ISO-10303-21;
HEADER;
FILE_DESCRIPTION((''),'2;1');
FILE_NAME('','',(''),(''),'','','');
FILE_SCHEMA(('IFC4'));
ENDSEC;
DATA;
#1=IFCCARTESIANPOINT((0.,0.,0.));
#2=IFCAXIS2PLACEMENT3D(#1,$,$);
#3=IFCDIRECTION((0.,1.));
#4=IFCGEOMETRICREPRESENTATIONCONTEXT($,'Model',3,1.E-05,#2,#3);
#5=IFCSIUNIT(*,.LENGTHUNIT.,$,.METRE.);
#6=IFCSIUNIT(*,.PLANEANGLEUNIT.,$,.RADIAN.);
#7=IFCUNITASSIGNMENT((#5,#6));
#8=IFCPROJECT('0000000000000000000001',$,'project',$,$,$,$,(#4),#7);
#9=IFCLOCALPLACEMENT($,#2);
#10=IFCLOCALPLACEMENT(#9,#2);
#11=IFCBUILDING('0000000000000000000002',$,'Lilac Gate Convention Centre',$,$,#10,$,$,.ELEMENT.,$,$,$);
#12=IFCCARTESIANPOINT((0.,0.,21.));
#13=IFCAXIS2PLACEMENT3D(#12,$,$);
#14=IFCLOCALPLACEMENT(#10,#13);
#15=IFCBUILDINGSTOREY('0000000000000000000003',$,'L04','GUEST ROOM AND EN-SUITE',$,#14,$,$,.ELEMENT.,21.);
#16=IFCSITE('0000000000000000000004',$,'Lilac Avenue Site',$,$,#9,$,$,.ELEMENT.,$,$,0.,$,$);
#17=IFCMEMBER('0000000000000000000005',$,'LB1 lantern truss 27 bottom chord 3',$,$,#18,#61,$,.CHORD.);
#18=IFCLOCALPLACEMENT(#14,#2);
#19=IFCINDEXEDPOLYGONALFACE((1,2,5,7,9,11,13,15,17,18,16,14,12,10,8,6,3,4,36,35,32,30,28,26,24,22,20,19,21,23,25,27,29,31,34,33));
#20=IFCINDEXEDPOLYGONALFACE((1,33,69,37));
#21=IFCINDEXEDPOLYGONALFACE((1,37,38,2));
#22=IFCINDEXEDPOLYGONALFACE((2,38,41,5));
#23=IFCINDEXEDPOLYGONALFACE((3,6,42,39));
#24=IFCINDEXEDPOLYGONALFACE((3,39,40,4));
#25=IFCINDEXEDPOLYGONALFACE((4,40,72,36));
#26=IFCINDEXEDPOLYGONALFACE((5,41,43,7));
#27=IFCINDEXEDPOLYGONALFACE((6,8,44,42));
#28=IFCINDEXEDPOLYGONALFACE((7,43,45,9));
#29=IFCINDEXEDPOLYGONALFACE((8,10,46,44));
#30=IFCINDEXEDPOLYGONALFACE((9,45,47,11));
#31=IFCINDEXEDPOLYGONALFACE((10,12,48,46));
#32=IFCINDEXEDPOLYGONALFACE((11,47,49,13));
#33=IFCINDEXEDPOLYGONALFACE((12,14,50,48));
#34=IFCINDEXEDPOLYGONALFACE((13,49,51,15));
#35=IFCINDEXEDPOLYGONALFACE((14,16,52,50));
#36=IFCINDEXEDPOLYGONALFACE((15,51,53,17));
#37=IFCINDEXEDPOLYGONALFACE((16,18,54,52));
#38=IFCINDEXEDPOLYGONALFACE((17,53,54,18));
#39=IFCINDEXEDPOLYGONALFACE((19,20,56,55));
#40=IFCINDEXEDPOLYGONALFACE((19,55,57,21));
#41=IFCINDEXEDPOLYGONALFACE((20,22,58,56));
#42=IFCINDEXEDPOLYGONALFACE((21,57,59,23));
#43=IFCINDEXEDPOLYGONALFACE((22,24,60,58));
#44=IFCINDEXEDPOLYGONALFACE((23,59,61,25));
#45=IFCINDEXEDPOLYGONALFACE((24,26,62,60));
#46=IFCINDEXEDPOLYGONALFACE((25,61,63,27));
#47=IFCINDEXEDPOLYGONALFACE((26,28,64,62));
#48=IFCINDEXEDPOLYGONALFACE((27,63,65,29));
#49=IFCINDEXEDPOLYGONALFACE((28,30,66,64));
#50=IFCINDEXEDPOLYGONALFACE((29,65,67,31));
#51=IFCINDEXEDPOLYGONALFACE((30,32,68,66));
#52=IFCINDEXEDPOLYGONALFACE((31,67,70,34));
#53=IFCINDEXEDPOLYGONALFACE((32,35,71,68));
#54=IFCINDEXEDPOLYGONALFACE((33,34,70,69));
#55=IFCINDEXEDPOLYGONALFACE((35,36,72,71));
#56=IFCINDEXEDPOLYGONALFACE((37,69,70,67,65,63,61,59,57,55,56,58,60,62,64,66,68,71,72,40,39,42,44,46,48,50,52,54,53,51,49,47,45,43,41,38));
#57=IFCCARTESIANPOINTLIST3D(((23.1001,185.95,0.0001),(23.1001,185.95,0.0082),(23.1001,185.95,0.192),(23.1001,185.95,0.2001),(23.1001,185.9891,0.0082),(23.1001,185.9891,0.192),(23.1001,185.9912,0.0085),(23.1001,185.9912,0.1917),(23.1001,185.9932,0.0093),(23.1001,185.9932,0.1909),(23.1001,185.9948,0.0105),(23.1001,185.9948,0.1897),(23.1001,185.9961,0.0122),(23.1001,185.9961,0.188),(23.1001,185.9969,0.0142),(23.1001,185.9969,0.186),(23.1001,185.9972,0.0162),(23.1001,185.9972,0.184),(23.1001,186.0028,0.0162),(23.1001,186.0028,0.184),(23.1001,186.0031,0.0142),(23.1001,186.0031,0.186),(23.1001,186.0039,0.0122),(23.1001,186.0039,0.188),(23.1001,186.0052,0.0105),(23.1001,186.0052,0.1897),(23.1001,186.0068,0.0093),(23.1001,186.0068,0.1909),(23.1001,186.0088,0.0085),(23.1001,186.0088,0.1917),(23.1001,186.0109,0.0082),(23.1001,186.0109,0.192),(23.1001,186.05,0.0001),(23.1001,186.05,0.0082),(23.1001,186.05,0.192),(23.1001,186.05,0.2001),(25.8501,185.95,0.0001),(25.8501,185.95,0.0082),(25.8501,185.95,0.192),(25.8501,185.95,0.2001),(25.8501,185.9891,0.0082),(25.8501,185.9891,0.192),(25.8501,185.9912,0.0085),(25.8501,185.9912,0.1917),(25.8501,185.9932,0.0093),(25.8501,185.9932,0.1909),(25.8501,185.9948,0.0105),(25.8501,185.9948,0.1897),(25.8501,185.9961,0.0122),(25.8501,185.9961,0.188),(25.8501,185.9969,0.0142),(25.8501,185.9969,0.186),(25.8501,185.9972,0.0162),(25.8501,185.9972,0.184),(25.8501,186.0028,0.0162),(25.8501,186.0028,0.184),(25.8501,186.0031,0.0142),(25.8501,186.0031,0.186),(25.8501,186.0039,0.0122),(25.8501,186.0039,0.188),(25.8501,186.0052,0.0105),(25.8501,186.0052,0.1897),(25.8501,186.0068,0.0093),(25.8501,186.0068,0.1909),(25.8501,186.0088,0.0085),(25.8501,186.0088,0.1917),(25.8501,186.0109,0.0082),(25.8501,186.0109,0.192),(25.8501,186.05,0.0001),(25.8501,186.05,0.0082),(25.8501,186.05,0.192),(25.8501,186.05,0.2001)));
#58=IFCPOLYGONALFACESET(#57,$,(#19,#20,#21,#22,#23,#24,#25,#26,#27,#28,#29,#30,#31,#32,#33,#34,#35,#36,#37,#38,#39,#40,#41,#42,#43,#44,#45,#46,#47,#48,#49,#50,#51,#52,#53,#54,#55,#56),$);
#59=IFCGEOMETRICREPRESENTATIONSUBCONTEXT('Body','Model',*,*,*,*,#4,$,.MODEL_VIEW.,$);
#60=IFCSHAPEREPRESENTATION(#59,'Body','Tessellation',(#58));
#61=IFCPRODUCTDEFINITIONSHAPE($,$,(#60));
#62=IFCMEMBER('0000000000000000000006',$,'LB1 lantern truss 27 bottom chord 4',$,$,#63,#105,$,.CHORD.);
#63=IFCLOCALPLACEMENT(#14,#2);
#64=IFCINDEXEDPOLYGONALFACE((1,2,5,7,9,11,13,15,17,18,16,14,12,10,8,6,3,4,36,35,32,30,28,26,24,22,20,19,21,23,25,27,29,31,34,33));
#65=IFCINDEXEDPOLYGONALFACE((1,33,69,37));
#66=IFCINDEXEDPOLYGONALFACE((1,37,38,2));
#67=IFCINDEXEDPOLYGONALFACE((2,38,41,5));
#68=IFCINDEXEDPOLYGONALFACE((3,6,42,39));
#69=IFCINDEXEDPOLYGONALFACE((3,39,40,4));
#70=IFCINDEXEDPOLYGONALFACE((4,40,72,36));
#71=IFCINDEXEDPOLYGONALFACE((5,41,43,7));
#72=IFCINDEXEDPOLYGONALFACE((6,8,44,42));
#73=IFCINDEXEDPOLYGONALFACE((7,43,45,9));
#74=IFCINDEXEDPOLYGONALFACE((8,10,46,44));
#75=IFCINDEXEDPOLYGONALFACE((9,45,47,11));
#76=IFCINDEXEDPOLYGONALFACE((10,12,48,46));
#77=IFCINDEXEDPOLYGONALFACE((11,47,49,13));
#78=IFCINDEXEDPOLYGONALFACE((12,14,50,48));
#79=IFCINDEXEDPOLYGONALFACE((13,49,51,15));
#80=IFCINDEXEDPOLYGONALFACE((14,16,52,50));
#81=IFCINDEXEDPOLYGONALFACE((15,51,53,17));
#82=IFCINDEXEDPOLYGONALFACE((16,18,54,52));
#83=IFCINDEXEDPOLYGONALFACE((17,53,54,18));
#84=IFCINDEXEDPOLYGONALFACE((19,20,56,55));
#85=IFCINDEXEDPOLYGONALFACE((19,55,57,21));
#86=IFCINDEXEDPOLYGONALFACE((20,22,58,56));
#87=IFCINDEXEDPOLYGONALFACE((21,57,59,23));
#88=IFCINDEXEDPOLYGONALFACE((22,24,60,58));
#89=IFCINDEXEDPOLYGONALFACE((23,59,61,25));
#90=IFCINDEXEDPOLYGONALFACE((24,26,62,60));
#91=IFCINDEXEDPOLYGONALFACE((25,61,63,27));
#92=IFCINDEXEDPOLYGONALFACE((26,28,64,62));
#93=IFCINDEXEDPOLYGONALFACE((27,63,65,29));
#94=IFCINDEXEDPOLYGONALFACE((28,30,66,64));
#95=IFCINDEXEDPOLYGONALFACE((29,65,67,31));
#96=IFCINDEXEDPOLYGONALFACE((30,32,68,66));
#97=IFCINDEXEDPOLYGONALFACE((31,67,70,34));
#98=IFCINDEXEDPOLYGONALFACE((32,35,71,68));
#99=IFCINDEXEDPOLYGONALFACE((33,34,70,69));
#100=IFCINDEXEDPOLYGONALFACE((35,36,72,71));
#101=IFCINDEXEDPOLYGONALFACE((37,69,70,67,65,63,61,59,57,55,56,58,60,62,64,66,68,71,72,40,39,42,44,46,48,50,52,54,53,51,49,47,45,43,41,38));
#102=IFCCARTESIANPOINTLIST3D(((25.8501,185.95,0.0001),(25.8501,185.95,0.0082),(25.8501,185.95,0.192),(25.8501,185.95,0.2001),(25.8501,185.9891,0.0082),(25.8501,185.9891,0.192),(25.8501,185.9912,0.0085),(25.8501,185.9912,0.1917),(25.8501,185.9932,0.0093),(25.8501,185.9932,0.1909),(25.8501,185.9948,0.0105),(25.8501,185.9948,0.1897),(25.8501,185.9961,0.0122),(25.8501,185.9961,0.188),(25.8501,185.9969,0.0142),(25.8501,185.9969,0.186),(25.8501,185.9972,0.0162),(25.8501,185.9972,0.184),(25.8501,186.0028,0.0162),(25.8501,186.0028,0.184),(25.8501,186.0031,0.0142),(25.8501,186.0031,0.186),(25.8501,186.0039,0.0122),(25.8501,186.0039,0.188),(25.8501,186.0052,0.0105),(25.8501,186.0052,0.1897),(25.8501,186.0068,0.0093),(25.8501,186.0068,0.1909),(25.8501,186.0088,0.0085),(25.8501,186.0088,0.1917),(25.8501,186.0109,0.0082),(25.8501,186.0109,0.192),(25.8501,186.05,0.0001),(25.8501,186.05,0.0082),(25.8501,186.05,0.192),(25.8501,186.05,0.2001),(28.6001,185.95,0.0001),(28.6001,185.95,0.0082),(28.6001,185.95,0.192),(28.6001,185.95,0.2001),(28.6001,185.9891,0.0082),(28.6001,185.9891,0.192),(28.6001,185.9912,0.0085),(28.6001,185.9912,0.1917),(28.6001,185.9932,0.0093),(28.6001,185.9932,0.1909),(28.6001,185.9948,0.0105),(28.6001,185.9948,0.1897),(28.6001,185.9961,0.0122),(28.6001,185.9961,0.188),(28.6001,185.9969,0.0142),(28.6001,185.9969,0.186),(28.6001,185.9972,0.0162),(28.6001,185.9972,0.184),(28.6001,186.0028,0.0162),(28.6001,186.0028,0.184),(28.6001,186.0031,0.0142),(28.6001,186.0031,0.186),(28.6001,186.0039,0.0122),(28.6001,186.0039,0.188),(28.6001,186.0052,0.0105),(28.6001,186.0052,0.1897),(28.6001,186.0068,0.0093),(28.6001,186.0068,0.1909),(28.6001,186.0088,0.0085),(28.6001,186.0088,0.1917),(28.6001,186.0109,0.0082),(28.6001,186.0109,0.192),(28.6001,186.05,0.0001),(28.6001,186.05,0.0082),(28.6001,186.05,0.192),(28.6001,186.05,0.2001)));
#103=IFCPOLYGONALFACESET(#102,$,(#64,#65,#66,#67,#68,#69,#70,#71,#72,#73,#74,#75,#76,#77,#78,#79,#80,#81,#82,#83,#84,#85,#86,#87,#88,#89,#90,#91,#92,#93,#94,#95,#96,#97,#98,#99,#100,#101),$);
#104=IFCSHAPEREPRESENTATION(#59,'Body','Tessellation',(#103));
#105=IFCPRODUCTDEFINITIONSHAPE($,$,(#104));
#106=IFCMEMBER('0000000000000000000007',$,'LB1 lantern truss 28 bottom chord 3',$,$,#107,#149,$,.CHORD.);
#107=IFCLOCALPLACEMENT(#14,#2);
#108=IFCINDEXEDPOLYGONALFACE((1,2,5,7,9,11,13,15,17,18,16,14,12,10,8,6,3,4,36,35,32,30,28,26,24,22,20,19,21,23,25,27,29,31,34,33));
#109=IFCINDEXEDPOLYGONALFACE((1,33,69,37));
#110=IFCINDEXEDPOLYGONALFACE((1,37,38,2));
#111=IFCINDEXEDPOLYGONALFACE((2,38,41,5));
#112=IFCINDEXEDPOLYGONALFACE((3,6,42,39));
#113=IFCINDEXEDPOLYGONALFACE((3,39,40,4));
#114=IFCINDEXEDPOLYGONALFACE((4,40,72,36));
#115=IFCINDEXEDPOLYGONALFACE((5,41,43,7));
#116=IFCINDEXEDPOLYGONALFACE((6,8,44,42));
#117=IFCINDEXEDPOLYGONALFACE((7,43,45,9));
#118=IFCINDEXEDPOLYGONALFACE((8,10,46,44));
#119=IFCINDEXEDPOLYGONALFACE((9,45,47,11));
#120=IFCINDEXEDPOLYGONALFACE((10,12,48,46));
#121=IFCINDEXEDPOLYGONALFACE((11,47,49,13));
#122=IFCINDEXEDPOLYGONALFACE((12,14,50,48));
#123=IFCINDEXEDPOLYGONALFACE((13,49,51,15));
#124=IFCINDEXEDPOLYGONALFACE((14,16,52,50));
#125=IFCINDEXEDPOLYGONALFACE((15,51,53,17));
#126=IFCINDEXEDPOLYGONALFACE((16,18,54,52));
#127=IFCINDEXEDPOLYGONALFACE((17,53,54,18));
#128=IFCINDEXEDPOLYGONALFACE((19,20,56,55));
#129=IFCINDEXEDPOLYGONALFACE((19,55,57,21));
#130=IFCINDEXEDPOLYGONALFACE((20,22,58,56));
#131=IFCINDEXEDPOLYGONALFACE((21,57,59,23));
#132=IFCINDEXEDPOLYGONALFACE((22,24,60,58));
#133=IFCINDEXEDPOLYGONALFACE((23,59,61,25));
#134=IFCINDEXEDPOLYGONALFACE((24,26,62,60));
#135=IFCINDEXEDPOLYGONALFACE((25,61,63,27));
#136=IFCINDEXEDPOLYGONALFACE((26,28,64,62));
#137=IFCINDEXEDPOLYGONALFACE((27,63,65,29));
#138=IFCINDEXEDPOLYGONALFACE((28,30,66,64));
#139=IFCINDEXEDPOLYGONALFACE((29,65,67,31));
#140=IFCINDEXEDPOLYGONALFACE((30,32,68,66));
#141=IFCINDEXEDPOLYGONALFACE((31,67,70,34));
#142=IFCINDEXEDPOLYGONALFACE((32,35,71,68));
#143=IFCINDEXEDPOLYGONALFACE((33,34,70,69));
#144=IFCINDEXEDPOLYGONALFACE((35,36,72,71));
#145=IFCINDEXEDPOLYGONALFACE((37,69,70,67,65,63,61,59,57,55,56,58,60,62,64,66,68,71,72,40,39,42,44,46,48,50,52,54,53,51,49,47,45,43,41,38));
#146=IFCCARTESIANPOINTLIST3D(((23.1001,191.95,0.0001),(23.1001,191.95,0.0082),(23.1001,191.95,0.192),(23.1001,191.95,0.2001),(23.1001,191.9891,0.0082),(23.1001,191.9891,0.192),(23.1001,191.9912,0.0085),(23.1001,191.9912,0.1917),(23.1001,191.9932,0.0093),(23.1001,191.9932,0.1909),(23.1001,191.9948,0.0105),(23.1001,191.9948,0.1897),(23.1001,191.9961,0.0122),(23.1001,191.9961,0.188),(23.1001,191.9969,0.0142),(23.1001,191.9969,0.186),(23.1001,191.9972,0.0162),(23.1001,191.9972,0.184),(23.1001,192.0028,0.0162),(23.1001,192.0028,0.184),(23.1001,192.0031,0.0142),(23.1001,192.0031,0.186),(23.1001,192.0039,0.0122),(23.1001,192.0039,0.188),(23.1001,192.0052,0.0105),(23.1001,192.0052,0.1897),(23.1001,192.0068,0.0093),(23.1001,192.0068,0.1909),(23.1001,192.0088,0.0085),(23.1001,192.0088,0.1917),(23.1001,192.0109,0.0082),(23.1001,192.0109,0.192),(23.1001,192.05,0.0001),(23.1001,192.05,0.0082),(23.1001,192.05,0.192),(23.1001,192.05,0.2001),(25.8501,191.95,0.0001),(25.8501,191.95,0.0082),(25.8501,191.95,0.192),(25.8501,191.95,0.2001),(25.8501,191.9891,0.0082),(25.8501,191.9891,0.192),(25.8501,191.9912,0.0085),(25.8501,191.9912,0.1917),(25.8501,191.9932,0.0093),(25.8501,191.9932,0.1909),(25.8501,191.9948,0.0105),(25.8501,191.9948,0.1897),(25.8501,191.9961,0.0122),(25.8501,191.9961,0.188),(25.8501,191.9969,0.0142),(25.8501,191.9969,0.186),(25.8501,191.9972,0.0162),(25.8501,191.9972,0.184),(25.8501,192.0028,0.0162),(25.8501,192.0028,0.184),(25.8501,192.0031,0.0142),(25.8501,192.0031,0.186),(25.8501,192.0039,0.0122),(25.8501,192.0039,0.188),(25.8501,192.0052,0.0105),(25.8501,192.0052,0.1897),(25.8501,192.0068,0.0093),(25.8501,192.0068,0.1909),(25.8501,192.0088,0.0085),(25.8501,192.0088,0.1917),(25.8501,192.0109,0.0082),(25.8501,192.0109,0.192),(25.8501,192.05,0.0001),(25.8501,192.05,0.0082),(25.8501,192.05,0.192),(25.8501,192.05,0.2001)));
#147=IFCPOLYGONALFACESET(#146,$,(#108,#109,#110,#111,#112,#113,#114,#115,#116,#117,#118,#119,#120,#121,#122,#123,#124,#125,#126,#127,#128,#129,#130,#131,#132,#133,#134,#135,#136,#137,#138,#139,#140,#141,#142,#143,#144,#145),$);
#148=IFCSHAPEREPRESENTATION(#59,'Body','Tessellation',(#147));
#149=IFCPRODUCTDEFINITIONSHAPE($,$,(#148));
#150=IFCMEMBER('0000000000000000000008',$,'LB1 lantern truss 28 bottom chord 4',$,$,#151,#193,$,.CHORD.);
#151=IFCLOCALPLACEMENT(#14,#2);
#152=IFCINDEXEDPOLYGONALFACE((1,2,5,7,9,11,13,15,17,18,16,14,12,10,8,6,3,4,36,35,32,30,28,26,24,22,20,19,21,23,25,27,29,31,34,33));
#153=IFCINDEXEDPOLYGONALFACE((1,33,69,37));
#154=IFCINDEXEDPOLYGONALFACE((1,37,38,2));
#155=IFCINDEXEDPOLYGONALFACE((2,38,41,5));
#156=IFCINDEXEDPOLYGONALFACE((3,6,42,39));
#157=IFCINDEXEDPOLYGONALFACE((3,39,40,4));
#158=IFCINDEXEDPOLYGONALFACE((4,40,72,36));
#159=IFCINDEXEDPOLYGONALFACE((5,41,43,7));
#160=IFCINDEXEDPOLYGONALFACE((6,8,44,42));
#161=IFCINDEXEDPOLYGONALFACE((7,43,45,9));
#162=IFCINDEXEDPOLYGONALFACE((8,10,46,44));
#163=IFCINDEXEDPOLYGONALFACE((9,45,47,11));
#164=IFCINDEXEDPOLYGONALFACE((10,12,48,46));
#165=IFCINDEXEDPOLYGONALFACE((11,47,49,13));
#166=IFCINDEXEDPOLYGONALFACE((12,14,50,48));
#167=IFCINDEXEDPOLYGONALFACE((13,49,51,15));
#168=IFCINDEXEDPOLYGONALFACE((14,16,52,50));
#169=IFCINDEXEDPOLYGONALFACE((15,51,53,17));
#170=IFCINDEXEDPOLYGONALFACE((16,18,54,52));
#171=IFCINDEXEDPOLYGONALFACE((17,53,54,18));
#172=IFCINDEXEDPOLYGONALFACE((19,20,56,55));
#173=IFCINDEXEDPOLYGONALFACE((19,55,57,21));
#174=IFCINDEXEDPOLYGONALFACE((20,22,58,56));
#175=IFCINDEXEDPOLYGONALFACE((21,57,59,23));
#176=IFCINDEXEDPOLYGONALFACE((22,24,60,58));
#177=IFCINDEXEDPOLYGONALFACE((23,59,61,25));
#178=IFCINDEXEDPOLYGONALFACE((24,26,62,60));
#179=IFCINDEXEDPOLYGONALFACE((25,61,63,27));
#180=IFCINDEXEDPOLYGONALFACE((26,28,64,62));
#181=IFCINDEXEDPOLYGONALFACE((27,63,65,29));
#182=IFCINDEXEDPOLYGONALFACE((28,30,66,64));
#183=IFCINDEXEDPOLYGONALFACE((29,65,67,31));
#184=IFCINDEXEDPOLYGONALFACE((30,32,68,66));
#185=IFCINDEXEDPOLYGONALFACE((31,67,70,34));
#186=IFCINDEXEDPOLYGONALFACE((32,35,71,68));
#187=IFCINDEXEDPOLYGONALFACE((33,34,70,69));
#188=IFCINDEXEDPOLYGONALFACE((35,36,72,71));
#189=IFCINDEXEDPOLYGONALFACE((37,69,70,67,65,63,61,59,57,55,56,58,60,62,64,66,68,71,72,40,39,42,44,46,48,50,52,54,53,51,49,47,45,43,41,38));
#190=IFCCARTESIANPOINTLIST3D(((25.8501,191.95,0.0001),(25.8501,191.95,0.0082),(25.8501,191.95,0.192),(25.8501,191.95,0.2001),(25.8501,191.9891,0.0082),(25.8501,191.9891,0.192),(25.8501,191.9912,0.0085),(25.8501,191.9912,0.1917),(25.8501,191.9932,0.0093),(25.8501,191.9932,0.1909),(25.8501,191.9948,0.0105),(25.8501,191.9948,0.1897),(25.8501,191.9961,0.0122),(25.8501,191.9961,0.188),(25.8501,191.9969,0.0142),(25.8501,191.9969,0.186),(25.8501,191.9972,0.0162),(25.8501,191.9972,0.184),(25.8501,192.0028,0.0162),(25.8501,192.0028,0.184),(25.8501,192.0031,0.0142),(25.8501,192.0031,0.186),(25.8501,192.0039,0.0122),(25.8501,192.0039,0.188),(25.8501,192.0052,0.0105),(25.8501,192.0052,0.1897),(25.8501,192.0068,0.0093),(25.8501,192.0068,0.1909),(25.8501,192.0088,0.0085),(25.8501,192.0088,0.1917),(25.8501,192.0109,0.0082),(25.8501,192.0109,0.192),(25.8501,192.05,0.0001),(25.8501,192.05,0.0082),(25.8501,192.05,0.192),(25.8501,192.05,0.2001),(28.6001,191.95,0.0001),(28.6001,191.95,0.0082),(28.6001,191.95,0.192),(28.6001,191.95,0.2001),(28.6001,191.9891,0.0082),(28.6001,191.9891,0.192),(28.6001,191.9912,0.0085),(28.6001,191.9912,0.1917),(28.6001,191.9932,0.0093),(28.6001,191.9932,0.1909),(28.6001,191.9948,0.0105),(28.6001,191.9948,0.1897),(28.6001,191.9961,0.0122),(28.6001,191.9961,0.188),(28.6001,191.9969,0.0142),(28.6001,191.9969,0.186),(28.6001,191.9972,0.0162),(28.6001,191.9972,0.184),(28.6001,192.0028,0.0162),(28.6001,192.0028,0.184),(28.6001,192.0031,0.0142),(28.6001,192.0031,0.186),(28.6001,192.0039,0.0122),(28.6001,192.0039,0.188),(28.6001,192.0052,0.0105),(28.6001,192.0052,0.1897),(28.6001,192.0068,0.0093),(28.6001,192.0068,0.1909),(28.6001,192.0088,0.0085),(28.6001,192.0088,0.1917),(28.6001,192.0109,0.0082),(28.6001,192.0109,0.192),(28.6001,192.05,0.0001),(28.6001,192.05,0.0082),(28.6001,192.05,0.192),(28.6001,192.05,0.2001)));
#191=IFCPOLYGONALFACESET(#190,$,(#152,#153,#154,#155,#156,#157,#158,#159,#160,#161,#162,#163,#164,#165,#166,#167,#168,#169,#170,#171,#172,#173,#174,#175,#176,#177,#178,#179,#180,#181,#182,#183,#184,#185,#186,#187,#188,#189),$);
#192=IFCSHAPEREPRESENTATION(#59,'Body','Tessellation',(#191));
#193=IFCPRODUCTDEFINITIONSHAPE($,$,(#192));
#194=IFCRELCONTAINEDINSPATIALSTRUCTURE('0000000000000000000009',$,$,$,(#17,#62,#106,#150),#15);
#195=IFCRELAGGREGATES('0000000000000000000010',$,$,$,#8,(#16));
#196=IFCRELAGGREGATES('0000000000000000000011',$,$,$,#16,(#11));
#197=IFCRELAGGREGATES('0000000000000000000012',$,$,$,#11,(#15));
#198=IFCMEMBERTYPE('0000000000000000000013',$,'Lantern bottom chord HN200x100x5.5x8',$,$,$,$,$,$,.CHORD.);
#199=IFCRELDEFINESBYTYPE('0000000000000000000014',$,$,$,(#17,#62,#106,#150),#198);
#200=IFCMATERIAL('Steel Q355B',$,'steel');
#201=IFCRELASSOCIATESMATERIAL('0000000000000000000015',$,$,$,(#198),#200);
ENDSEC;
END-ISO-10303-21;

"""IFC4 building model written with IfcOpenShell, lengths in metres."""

from ifc_helpers import new_model, si_unit, direction, frame, origin, origin_2d, place, context, subcontext, project, spatial, i_section, extrude, material, material_profile, profile_set, type_object, element, save


model = new_model("IFC4")

# Units and contexts
model_context = context("Model", 3, precision=1e-05, world=origin(), true_north=direction((0.0, 1.0)))
body_context = subcontext(model_context, "Body", "Model", "MODEL_VIEW")
ifc_project = project(units=[si_unit("LENGTHUNIT", "METRE"), si_unit("PLANEANGLEUNIT", "RADIAN")], contexts=[model_context])

# Site, building, storey
site_placement = place(None, origin())
site = spatial("IfcSite", under=ifc_project, at=site_placement, Name="Lilac Avenue Site", CompositionType="ELEMENT", RefElevation=0.0)
building_placement = place(site_placement, origin())
building = spatial("IfcBuilding", under=site, at=building_placement, Name="Lilac Gate Convention Centre", CompositionType="ELEMENT")
storey_placement = place(building_placement, frame((0.0, 0.0, 21.0)))
storey = spatial("IfcBuildingStorey", under=building, at=storey_placement, Name="L04", Description="GUEST ROOM AND EN-SUITE", CompositionType="ELEMENT", Elevation=21.0)

# Members
ifc_material_1 = material(Name="Steel Q355B", Category="steel")
ifc_material_profile_1 = material_profile(ifc_material_1, i_section(OverallWidth=0.1001, OverallDepth=0.2, WebThickness=0.0056, FlangeThickness=0.0081, FilletRadius=0.0081, at=origin_2d()), Name="HN200x100x5.5x8")
ifc_profile_set_1 = profile_set([ifc_material_profile_1], Name="Steel Q355B")
member_type_1 = type_object("IfcMemberType", Name="Lantern bottom chord HN200x100x5.5x8", PredefinedType="CHORD", material=ifc_profile_set_1)
for number, where, z_axis, x_axis, name in (
    (1, (23.1001, 186.0, 0.1001), (1.0, 0.0, 0.0), (0.0, 1.0, 0.0), "LB1 lantern truss 27 bottom chord 3"),
    (2, (25.8501, 186.0, 0.1001), (1.0, 0.0, 0.0), (0.0, 1.0, 0.0), "LB1 lantern truss 27 bottom chord 4"),
    (3, (23.1001, 192.0, 0.1001), (1.0, 0.0, 0.0), (0.0, 1.0, 0.0), "LB1 lantern truss 28 bottom chord 3"),
    (4, (25.8501, 192.0, 0.1001), (1.0, 0.0, 0.0), (0.0, 1.0, 0.0), "LB1 lantern truss 28 bottom chord 4"),
):
    element("IfcMember", number, at=place(storey_placement, frame(where, z_axis=z_axis, x_axis=x_axis)), inside=storey, type_object=member_type_1, Name=name, PredefinedType="CHORD", context=body_context, shape_type="SweptSolid", body=[
        extrude(i_section(OverallWidth=0.1001, OverallDepth=0.2, WebThickness=0.0056, FlangeThickness=0.0081, FilletRadius=0.0081, at=origin_2d()), origin(), (0.0, 0.0, 1.0), 2.75),
    ])

save(model, "model.ifc")
